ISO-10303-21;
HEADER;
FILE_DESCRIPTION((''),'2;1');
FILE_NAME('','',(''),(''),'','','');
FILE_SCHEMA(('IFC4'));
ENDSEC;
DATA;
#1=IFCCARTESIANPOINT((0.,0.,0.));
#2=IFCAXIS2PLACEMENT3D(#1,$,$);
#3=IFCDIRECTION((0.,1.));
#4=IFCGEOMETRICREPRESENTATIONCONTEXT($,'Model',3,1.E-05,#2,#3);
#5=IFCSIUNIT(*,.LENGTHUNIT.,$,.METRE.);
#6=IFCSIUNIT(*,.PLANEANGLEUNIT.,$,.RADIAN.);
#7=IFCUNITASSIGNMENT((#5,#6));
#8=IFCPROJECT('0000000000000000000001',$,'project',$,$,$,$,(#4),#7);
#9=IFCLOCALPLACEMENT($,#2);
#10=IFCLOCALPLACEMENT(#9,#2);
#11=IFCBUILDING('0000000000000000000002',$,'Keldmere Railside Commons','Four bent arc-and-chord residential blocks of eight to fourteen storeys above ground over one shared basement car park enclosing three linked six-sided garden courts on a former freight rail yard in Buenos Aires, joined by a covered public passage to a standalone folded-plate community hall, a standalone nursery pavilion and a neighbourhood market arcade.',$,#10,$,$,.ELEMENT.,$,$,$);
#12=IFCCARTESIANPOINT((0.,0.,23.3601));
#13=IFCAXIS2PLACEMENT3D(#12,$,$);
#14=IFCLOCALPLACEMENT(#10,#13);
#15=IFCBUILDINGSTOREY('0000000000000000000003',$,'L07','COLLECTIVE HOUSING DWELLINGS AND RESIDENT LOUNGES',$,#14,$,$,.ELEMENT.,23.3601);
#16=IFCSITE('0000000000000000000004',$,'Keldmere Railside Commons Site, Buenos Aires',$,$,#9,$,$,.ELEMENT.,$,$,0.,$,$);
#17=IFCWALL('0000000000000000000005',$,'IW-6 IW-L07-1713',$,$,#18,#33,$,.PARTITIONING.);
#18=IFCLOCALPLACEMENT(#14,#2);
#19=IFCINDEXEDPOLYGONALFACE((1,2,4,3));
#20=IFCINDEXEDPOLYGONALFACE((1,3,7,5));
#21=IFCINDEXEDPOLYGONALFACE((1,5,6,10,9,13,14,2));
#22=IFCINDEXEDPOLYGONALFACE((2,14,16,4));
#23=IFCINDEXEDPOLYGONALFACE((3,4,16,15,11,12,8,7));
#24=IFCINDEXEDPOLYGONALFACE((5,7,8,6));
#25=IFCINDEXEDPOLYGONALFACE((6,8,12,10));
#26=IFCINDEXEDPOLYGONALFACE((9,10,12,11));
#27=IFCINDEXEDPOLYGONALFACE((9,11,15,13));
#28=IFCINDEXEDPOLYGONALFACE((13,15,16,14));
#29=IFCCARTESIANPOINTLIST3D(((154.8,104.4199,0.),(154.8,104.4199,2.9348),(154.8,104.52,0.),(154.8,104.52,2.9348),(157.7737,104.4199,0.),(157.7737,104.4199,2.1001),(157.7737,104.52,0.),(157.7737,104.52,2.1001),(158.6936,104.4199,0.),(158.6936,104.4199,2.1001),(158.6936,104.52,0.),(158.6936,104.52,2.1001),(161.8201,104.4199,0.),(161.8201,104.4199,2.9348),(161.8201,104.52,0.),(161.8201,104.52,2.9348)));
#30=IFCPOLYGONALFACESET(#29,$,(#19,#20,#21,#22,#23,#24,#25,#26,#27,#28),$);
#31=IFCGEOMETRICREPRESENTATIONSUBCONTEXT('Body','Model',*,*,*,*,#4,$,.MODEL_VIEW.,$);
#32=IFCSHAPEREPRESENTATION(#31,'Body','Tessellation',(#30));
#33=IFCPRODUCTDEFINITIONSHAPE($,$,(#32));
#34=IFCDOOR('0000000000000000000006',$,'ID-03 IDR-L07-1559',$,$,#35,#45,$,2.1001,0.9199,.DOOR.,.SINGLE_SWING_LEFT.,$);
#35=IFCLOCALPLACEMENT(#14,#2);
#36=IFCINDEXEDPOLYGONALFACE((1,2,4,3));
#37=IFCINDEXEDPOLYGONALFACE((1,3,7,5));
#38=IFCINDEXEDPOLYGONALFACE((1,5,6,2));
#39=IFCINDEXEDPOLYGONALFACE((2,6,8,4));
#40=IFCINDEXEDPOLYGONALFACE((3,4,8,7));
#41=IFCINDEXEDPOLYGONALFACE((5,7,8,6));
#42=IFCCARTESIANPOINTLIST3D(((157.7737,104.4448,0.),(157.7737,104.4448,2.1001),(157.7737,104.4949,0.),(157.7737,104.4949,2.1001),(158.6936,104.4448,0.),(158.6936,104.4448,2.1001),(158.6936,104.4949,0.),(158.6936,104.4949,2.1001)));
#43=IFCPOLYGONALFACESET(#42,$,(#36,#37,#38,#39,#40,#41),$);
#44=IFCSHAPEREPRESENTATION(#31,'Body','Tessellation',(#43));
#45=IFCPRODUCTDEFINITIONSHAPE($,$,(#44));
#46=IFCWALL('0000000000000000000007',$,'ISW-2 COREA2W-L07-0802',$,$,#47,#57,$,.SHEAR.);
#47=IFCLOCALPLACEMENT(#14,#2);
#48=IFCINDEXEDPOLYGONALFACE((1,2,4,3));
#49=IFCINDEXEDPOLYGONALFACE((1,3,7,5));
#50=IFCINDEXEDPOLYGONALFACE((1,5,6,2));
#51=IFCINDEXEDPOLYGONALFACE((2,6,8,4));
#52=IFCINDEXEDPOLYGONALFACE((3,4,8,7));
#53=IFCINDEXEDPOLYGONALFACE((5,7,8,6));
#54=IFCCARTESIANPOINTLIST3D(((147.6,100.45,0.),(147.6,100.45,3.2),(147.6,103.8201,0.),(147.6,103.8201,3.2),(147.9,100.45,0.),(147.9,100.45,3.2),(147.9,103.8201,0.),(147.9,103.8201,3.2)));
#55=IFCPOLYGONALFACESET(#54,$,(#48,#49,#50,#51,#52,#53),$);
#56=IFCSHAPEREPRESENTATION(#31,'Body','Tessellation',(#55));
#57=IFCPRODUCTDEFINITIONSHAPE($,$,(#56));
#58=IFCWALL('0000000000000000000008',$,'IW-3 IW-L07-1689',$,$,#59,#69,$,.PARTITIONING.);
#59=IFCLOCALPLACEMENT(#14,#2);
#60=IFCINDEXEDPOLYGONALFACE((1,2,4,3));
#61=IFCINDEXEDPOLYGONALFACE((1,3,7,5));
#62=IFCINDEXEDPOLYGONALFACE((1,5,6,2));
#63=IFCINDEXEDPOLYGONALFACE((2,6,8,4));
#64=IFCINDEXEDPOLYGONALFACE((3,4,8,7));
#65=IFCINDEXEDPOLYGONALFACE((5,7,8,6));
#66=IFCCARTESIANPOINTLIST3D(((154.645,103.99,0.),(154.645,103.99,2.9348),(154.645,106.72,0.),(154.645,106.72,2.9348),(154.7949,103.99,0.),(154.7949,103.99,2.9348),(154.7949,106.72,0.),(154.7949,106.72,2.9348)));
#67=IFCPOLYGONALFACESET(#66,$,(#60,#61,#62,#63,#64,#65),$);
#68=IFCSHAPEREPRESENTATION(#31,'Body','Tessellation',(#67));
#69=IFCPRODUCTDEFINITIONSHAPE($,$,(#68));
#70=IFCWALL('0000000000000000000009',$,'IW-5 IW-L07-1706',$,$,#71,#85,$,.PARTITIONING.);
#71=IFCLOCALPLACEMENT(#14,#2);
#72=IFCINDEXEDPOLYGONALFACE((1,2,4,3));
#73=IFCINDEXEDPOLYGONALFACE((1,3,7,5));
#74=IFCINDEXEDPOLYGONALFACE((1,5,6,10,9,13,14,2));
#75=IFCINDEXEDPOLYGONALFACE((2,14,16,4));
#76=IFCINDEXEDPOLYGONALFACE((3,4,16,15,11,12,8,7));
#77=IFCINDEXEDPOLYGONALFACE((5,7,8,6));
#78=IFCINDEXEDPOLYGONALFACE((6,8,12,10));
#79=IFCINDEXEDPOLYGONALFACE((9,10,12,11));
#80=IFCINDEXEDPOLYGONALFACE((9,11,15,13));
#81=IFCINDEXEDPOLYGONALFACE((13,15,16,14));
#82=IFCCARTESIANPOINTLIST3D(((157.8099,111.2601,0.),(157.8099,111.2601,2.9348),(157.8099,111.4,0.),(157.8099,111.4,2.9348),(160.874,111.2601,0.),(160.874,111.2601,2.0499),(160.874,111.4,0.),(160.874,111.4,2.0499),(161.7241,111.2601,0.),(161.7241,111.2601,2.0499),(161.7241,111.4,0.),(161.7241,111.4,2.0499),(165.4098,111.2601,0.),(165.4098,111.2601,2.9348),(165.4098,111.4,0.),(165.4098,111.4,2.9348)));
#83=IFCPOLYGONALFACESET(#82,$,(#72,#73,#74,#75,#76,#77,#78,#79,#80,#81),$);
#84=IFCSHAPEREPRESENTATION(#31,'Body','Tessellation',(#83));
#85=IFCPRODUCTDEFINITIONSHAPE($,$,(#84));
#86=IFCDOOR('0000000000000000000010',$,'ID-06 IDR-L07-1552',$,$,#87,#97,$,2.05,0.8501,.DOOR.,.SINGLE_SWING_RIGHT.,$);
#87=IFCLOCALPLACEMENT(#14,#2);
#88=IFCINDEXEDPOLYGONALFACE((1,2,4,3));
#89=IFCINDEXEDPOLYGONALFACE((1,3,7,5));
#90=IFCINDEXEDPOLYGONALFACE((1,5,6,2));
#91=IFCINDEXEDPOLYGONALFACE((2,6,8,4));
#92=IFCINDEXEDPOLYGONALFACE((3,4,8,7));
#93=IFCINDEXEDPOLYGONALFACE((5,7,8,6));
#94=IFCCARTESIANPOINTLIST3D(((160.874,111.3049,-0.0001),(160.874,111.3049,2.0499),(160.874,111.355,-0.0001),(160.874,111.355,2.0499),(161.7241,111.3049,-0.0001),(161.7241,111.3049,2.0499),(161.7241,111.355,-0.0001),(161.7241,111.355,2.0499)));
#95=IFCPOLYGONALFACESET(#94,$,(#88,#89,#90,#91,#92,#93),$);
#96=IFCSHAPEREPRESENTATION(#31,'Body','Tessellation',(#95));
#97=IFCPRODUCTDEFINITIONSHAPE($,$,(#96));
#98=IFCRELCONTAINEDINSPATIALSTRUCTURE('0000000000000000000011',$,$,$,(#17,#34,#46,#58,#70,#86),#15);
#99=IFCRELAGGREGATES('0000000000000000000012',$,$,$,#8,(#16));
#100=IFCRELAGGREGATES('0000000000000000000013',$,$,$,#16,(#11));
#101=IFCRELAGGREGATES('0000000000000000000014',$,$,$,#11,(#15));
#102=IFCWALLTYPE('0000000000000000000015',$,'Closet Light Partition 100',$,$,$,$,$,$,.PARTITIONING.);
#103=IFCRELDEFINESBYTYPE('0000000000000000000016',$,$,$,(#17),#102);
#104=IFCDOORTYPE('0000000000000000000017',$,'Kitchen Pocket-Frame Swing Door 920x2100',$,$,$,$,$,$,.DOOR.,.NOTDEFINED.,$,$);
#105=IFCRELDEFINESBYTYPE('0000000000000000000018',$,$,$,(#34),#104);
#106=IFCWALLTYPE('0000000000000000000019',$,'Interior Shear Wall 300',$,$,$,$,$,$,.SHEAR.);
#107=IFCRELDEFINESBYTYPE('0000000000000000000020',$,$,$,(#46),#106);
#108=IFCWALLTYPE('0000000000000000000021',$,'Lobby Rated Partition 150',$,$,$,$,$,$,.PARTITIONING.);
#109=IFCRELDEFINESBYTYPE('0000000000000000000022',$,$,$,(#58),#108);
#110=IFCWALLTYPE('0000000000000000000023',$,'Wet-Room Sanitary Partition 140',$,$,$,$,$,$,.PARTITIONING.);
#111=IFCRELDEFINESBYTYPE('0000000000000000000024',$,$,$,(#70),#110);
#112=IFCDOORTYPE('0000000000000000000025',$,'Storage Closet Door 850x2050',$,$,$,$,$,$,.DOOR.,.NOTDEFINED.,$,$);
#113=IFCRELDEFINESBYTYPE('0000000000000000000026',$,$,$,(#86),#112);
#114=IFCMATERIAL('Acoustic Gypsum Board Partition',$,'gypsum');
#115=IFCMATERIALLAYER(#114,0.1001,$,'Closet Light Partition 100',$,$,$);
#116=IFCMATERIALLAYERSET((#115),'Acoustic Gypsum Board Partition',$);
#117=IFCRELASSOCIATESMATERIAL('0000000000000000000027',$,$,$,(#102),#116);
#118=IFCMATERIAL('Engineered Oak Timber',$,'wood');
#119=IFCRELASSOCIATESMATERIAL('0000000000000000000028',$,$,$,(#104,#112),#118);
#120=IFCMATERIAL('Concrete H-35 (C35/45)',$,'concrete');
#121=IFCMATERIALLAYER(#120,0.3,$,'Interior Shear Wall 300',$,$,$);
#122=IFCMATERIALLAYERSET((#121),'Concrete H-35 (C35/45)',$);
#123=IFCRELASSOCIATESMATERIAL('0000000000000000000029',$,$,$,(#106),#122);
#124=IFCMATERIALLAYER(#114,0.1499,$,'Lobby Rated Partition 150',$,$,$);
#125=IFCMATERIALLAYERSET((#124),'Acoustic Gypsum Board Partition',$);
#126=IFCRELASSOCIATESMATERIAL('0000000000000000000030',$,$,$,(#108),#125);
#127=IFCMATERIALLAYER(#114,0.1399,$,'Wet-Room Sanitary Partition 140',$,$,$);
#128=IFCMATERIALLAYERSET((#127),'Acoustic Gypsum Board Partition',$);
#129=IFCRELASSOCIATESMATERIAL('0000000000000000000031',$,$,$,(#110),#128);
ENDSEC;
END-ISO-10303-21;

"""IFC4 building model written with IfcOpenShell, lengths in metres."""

from ifc_helpers import new_model, si_unit, direction, frame, frame_2d, origin, place, context, subcontext, project, spatial, rectangle, extrude, material, layer, layer_set, type_object, element, fill, save


model = new_model("IFC4")

# Units and contexts
model_context = context("Model", 3, precision=1e-05, world=origin(), true_north=direction((0.0, 1.0)))
body_context = subcontext(model_context, "Body", "Model", "MODEL_VIEW")
ifc_project = project(units=[si_unit("LENGTHUNIT", "METRE"), si_unit("PLANEANGLEUNIT", "RADIAN")], contexts=[model_context])

# Site, building, storey
site_placement = place(None, origin())
site = spatial("IfcSite", under=ifc_project, at=site_placement, Name="Keldmere Railside Commons Site, Buenos Aires", CompositionType="ELEMENT", RefElevation=0.0)
building_placement = place(site_placement, origin())
building = spatial("IfcBuilding", under=site, at=building_placement, Name="Keldmere Railside Commons", Description="Four bent arc-and-chord residential blocks of eight to fourteen storeys above ground over one shared basement car park enclosing three linked six-sided garden courts on a former freight rail yard in Buenos Aires, joined by a covered public passage to a standalone folded-plate community hall, a standalone nursery pavilion and a neighbourhood market arcade.", CompositionType="ELEMENT")
storey_placement = place(building_placement, frame((0.0, 0.0, 23.3601)))
storey = spatial("IfcBuildingStorey", under=building, at=storey_placement, Name="L07", Description="COLLECTIVE HOUSING DWELLINGS AND RESIDENT LOUNGES", CompositionType="ELEMENT", Elevation=23.3601)

# Shared definitions
ifc_material_1 = material(Name="Concrete H-35 (C35/45)", Category="concrete")

# Shared definitions
ifc_material_2 = material(Name="Acoustic Gypsum Board Partition", Category="gypsum")
ifc_material_3 = material(Name="Engineered Oak Timber", Category="wood")

# Wall, opening, door
ifc_layer_1 = layer(ifc_material_2, 0.1001, Name="Closet Light Partition 100")
ifc_layer_set_1 = layer_set([ifc_layer_1], Name="Acoustic Gypsum Board Partition")
wall_type_1 = type_object("IfcWallType", Name="Closet Light Partition 100", PredefinedType="PARTITIONING", material=ifc_layer_set_1)
wall_1_placement = place(storey_placement, frame((154.8, 104.47, 0.0), z_axis=(0.0, 0.0, 1.0), x_axis=(1.0, 0.0, 0.0)))
wall_1 = element("IfcWall", 1, at=wall_1_placement, inside=storey, type_object=wall_type_1, Name="IW-6 IW-L07-1713", PredefinedType="PARTITIONING", context=body_context, shape_type="SweptSolid", body=[
    extrude(rectangle(XDim=7.02, YDim=0.1001, at=frame_2d((3.51, 0.0))), origin(), (0.0, 0.0, 1.0), 2.9348),
])
opening_1_placement = place(wall_1_placement, frame((2.9736, 0.0, 0.0)))
opening_1 = element("IfcOpeningElement", 2, at=opening_1_placement, cuts=wall_1, PredefinedType="OPENING", context=body_context, shape_type="SweptSolid", body=[
    extrude(rectangle(XDim=0.9199, YDim=2.1001, at=frame_2d((0.46, 1.05))), frame((0.0, 0.0601, 0.0), z_axis=(0.0, -1.0, 0.0), x_axis=(1.0, 0.0, 0.0)), (0.0, 0.0, 1.0), 0.1201),
])
door_type_1 = type_object("IfcDoorType", Name="Kitchen Pocket-Frame Swing Door 920x2100", OperationType="NOTDEFINED", PredefinedType="DOOR", material=ifc_material_3)
door_1_placement = place(opening_1_placement, origin())
door_1 = element("IfcDoor", 3, at=door_1_placement, inside=storey, type_object=door_type_1, Name="ID-03 IDR-L07-1559", OperationType="SINGLE_SWING_LEFT", OverallHeight=2.1001, OverallWidth=0.9199, PredefinedType="DOOR", context=body_context, shape_type="SweptSolid", body=[
    extrude(rectangle(XDim=0.9199, YDim=2.1001, at=frame_2d((0.46, 1.05))), frame((0.0, 0.0249, 0.0), z_axis=(0.0, -1.0, 0.0), x_axis=(1.0, 0.0, 0.0)), (0.0, 0.0, 1.0), 0.05),
])
fill(opening_1, door_1)

# Wall
ifc_layer_2 = layer(ifc_material_1, 0.3, Name="Interior Shear Wall 300")
ifc_layer_set_2 = layer_set([ifc_layer_2], Name="Concrete H-35 (C35/45)")
wall_type_2 = type_object("IfcWallType", Name="Interior Shear Wall 300", PredefinedType="SHEAR", material=ifc_layer_set_2)
wall_2_placement = place(storey_placement, frame((147.75, 103.8201, 0.0), z_axis=(0.0, 0.0, 1.0), x_axis=(0.0, -1.0, 0.0)))
element("IfcWall", 4, at=wall_2_placement, inside=storey, type_object=wall_type_2, Name="ISW-2 COREA2W-L07-0802", PredefinedType="SHEAR", context=body_context, shape_type="SweptSolid", body=[
    extrude(rectangle(XDim=3.3701, YDim=0.3, at=frame_2d((1.6851, 0.0))), origin(), (0.0, 0.0, 1.0), 3.2),
])

# Wall
ifc_layer_3 = layer(ifc_material_2, 0.1499, Name="Lobby Rated Partition 150")
ifc_layer_set_3 = layer_set([ifc_layer_3], Name="Acoustic Gypsum Board Partition")
wall_type_3 = type_object("IfcWallType", Name="Lobby Rated Partition 150", PredefinedType="PARTITIONING", material=ifc_layer_set_3)
wall_3_placement = place(storey_placement, frame((154.72, 103.99, 0.0), z_axis=(0.0, 0.0, 1.0), x_axis=(0.0, 1.0, 0.0)))
element("IfcWall", 5, at=wall_3_placement, inside=storey, type_object=wall_type_3, Name="IW-3 IW-L07-1689", PredefinedType="PARTITIONING", context=body_context, shape_type="SweptSolid", body=[
    extrude(rectangle(XDim=2.73, YDim=0.1499, at=frame_2d((1.365, 0.0))), origin(), (0.0, 0.0, 1.0), 2.9348),
])

# Wall, opening, door
ifc_layer_4 = layer(ifc_material_2, 0.1399, Name="Wet-Room Sanitary Partition 140")
ifc_layer_set_4 = layer_set([ifc_layer_4], Name="Acoustic Gypsum Board Partition")
wall_type_4 = type_object("IfcWallType", Name="Wet-Room Sanitary Partition 140", PredefinedType="PARTITIONING", material=ifc_layer_set_4)
wall_4_placement = place(storey_placement, frame((157.8101, 111.3301, 0.0), z_axis=(0.0, 0.0, 1.0), x_axis=(1.0, 0.0, 0.0)))
wall_4 = element("IfcWall", 6, at=wall_4_placement, inside=storey, type_object=wall_type_4, Name="IW-5 IW-L07-1706", PredefinedType="PARTITIONING", context=body_context, shape_type="SweptSolid", body=[
    extrude(rectangle(XDim=7.5999, YDim=0.1399, at=frame_2d((3.7998, 0.0))), origin(), (0.0, 0.0, 1.0), 2.9348),
])
opening_2_placement = place(wall_4_placement, frame((3.064, 0.0, 0.0)))
opening_2 = element("IfcOpeningElement", 7, at=opening_2_placement, cuts=wall_4, PredefinedType="OPENING", context=body_context, shape_type="SweptSolid", body=[
    extrude(rectangle(XDim=0.8501, YDim=2.05, at=frame_2d((0.425, 1.0249))), frame((0.0, 0.0798, 0.0), z_axis=(0.0, -1.0, 0.0), x_axis=(1.0, 0.0, 0.0)), (0.0, 0.0, 1.0), 0.1599),
])
door_type_2 = type_object("IfcDoorType", Name="Storage Closet Door 850x2050", OperationType="NOTDEFINED", PredefinedType="DOOR", material=ifc_material_3)
door_2_placement = place(opening_2_placement, origin())
door_2 = element("IfcDoor", 8, at=door_2_placement, inside=storey, type_object=door_type_2, Name="ID-06 IDR-L07-1552", OperationType="SINGLE_SWING_RIGHT", OverallHeight=2.05, OverallWidth=0.8501, PredefinedType="DOOR", context=body_context, shape_type="SweptSolid", body=[
    extrude(rectangle(XDim=0.8501, YDim=2.05, at=frame_2d((0.425, 1.0249))), frame((0.0, 0.0249, 0.0), z_axis=(0.0, -1.0, 0.0), x_axis=(1.0, 0.0, 0.0)), (0.0, 0.0, 1.0), 0.05),
])
fill(opening_2, door_2)

save(model, "model.ifc")
